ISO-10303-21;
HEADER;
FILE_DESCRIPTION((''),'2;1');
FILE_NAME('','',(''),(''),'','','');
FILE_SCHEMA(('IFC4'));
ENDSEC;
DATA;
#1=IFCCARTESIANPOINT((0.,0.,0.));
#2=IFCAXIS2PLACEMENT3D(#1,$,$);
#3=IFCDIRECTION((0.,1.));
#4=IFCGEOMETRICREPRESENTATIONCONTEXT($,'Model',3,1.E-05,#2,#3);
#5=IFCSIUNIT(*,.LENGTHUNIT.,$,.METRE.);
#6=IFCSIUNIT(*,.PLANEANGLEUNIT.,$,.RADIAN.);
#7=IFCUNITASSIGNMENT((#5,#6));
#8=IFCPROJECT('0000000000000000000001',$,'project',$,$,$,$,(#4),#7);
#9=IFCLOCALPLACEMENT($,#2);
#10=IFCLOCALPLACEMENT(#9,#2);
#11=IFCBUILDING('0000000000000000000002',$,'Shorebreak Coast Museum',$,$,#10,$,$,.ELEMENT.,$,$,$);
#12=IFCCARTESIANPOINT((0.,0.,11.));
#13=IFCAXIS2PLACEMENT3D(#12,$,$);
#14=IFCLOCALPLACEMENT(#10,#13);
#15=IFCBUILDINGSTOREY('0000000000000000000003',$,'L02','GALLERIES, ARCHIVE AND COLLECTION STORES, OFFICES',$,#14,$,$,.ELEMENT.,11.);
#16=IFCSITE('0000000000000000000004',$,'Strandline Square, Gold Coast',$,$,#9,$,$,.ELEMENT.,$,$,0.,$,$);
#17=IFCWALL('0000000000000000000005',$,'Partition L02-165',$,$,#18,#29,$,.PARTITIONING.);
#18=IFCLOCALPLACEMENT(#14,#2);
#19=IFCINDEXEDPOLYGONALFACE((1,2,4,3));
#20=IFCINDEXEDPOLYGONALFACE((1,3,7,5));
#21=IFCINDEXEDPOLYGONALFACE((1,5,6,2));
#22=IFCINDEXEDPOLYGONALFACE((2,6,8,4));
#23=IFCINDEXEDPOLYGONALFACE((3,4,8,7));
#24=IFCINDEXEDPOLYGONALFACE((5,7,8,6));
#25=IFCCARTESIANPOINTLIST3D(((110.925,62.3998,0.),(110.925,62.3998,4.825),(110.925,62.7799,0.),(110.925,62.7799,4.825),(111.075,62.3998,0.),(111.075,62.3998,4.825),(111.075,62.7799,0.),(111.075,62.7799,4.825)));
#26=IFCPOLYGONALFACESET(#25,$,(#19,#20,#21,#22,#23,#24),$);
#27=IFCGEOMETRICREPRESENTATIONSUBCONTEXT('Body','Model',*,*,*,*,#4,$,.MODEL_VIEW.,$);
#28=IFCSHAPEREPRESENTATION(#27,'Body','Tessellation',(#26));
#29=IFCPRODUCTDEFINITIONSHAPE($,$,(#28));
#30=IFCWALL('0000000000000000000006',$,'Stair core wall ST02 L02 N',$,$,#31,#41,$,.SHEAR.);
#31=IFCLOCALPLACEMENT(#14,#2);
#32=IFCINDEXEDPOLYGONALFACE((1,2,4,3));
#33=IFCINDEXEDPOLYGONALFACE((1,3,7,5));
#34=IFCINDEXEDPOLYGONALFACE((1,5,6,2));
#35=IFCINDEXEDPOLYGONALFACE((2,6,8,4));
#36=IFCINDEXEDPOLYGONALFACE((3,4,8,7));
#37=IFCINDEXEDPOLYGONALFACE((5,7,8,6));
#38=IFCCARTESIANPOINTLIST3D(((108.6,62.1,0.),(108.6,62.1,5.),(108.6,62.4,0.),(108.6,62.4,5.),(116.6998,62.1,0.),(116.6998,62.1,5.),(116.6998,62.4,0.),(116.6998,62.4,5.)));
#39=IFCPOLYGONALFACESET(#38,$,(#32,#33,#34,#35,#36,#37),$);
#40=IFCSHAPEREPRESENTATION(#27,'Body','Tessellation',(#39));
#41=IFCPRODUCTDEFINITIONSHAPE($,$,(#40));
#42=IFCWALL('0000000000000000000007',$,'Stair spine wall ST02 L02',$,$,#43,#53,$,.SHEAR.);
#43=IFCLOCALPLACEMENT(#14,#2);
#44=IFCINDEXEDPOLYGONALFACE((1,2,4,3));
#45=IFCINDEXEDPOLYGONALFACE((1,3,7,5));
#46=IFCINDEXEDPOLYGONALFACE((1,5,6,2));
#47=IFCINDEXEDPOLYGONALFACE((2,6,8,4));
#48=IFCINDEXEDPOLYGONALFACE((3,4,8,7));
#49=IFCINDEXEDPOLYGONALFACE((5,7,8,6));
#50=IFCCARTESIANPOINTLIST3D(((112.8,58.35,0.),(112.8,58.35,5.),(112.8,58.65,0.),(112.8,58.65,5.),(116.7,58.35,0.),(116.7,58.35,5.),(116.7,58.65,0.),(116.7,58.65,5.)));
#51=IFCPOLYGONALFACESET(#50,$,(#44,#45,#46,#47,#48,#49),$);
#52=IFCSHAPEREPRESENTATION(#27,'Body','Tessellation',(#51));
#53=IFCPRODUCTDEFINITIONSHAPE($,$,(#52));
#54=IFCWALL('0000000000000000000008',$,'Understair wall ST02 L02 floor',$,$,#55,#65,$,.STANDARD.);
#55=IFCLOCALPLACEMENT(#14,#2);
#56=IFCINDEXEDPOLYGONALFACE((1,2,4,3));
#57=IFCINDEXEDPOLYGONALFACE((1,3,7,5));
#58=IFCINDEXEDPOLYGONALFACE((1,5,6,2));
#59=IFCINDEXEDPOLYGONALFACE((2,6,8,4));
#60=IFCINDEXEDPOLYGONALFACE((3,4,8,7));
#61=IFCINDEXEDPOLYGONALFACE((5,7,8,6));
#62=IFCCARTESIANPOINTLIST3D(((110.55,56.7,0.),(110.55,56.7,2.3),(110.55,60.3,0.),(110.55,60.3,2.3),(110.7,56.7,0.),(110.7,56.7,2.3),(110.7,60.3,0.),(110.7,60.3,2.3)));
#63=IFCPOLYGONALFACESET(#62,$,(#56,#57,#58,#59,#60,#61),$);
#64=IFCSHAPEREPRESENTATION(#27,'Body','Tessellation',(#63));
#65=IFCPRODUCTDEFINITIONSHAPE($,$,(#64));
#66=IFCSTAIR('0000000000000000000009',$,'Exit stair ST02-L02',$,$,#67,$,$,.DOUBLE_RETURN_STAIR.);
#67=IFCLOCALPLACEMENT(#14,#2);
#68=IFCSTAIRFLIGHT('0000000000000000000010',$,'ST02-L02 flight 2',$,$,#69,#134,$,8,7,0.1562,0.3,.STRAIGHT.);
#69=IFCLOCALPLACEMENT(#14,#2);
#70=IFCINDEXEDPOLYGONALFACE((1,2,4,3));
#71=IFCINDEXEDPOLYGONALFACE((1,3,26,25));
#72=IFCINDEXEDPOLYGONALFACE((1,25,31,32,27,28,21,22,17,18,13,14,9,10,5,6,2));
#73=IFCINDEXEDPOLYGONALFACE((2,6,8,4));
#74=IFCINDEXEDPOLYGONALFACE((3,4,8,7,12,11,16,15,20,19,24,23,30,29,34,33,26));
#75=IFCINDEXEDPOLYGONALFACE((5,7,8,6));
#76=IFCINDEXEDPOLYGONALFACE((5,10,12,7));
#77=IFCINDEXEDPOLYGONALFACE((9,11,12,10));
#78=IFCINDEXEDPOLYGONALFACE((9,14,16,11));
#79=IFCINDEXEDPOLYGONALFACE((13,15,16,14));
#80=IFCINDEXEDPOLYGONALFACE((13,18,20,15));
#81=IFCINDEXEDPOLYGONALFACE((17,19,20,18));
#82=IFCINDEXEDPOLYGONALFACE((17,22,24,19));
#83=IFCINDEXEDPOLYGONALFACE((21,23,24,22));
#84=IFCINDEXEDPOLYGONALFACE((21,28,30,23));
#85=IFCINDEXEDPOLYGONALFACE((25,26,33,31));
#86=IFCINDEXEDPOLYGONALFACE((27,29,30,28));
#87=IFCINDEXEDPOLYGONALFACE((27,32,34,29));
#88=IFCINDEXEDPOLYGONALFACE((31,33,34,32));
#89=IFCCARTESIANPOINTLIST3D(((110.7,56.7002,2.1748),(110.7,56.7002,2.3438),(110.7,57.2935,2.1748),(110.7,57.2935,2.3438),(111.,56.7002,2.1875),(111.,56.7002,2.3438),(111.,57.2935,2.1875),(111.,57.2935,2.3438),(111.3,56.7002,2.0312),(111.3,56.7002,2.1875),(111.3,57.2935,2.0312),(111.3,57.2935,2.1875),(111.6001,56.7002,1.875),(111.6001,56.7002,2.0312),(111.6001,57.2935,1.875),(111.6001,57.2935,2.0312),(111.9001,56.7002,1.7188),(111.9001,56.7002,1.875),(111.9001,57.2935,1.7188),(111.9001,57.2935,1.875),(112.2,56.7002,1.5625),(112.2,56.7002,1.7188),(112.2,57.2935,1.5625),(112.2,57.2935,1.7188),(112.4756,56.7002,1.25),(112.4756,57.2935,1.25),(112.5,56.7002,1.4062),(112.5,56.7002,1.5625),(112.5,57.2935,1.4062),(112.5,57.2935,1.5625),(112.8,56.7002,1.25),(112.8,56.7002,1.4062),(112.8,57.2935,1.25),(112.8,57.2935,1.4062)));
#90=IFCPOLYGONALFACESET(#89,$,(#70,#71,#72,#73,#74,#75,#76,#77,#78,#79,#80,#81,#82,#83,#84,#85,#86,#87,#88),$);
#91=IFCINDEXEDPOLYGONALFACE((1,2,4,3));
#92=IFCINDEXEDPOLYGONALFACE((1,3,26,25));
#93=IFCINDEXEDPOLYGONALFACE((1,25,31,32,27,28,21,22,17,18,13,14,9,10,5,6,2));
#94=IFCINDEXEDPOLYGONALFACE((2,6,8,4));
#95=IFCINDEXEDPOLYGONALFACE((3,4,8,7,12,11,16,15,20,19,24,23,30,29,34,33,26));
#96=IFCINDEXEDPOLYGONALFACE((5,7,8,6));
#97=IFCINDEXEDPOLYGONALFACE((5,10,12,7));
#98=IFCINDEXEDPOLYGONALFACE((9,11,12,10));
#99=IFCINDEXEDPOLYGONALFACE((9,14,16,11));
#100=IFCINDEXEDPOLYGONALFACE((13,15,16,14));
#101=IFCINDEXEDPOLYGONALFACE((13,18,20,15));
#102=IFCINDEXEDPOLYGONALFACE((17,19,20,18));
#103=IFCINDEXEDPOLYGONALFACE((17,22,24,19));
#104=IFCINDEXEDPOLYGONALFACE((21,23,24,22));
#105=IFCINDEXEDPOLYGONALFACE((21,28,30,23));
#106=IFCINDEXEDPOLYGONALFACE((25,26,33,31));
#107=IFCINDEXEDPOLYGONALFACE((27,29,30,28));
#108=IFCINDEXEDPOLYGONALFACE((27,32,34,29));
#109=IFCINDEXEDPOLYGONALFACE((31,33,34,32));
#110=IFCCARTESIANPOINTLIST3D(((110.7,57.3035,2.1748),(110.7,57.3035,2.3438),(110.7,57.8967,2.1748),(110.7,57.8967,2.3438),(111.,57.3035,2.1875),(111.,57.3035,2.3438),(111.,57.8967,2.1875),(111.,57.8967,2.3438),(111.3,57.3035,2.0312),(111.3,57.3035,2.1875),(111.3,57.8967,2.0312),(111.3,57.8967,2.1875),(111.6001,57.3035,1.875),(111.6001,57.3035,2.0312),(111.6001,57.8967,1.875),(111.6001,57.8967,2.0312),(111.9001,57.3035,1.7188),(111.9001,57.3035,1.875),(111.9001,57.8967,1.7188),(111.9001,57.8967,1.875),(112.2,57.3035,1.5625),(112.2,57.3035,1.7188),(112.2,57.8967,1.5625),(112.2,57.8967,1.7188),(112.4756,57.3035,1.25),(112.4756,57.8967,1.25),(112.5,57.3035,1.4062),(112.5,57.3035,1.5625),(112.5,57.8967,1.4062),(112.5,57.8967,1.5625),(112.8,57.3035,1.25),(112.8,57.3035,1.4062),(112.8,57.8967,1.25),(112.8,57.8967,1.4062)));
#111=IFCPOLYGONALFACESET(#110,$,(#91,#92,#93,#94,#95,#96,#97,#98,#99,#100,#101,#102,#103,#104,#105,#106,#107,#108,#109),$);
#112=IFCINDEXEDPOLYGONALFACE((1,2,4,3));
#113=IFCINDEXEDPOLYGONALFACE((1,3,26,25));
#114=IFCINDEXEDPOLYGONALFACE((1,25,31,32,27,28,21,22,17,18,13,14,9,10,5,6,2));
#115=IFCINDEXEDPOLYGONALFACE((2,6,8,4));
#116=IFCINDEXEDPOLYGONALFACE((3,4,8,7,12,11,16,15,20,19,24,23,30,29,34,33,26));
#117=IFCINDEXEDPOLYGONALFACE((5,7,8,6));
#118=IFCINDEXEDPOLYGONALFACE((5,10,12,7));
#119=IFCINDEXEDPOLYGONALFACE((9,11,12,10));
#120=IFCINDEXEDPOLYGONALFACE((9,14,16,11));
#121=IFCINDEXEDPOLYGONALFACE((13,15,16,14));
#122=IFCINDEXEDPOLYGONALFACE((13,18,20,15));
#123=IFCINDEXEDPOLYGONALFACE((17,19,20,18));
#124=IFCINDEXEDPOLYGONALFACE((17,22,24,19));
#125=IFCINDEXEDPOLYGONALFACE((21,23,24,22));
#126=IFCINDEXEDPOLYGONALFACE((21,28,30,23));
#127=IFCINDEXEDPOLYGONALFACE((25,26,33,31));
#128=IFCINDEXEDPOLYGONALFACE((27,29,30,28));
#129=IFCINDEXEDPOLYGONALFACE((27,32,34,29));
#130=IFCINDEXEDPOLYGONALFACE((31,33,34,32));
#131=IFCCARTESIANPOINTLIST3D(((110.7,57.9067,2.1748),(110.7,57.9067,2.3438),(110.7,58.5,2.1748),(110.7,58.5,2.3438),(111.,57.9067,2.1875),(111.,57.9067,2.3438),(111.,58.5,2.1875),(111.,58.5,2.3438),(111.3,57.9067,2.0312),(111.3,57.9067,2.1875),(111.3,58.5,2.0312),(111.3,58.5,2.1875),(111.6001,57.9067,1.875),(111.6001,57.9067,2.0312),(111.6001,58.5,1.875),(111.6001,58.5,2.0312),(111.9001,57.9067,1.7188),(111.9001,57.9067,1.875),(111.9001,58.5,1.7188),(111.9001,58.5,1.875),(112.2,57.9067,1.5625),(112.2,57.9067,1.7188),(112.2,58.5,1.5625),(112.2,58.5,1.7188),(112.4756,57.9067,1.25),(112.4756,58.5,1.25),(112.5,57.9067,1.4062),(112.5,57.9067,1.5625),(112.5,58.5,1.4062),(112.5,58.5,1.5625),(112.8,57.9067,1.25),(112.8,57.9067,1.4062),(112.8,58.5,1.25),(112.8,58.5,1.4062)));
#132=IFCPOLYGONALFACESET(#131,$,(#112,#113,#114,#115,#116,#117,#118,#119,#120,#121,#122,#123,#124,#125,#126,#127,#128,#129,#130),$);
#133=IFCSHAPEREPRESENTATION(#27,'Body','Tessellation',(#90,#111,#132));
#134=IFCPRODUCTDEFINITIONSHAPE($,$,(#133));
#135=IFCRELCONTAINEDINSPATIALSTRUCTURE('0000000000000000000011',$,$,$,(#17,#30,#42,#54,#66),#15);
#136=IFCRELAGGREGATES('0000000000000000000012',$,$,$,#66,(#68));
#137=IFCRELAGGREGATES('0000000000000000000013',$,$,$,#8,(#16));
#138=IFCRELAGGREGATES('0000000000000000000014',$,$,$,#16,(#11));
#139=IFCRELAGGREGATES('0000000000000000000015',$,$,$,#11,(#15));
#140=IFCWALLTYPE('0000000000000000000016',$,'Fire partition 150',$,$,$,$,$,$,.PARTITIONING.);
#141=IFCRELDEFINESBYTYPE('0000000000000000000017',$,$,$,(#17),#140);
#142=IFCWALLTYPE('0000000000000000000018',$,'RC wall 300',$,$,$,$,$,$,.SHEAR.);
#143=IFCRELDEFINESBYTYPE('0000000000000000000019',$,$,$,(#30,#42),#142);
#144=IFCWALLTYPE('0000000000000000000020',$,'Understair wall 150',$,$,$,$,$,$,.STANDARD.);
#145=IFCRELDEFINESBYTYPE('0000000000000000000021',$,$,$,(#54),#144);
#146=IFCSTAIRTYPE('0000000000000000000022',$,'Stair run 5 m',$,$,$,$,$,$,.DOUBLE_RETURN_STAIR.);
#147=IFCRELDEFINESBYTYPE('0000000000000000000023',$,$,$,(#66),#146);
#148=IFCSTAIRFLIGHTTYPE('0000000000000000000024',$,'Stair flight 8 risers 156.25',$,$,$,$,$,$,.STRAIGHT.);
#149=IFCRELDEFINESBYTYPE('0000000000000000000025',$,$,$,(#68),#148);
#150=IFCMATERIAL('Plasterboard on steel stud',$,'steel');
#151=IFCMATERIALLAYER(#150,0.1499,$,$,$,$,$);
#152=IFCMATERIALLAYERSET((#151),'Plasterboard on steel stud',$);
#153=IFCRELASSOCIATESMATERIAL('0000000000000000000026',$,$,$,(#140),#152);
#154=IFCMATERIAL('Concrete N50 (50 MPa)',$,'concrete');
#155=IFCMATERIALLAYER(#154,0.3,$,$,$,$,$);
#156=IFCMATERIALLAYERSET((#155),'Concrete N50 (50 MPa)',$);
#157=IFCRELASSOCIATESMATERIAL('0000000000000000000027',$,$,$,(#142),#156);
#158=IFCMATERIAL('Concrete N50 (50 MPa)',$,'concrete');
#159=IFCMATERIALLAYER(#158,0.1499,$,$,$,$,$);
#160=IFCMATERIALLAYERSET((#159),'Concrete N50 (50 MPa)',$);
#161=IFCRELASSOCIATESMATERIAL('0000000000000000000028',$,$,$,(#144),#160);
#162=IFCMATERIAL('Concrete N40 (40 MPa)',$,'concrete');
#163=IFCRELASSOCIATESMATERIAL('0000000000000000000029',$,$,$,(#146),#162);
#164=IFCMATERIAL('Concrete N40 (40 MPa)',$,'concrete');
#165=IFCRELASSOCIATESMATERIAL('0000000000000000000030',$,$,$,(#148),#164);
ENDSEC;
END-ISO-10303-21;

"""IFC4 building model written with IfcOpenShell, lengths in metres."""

from ifc_helpers import new_model, si_unit, direction, frame, frame_2d, origin, place, context, subcontext, project, spatial, polyline, rectangle, outline, extrude, material, layer, layer_set, type_object, element, aggregate, save


model = new_model("IFC4")

# Units and contexts
model_context = context("Model", 3, precision=1e-05, world=origin(), true_north=direction((0.0, 1.0)))
body_context = subcontext(model_context, "Body", "Model", "MODEL_VIEW")
ifc_project = project(units=[si_unit("LENGTHUNIT", "METRE"), si_unit("PLANEANGLEUNIT", "RADIAN")], contexts=[model_context])

# Site, building, storey
site_placement = place(None, origin())
site = spatial("IfcSite", under=ifc_project, at=site_placement, Name="Strandline Square, Gold Coast", CompositionType="ELEMENT", RefElevation=0.0)
building_placement = place(site_placement, origin())
building = spatial("IfcBuilding", under=site, at=building_placement, Name="Shorebreak Coast Museum", CompositionType="ELEMENT")
storey_placement = place(building_placement, frame((0.0, 0.0, 11.0)))
storey = spatial("IfcBuildingStorey", under=building, at=storey_placement, Name="L02", Description="GALLERIES, ARCHIVE AND COLLECTION STORES, OFFICES", CompositionType="ELEMENT", Elevation=11.0)

# Walls
ifc_material_1 = material(Name="Plasterboard on steel stud", Category="steel")
ifc_layer_1 = layer(ifc_material_1, 0.1499)
ifc_layer_set_1 = layer_set([ifc_layer_1], Name="Plasterboard on steel stud")
wall_type_1 = type_object("IfcWallType", Name="Fire partition 150", PredefinedType="PARTITIONING", material=ifc_layer_set_1)
wall_1_placement = place(storey_placement, frame((111.0, 62.3999, 0.0), z_axis=(0.0, 0.0, 1.0), x_axis=(0.0, 1.0, 0.0)))
element("IfcWall", 1, at=wall_1_placement, inside=storey, type_object=wall_type_1, Name="Partition L02-165", PredefinedType="PARTITIONING", context=body_context, shape_type="SweptSolid", body=[
    extrude(rectangle(XDim=0.3801, YDim=0.1499, at=frame_2d((0.1899, 0.0))), origin(), (0.0, 0.0, 1.0), 4.825),
])
ifc_material_2 = material(Name="Concrete N50 (50 MPa)", Category="concrete")
ifc_layer_2 = layer(ifc_material_2, 0.3)
ifc_layer_set_2 = layer_set([ifc_layer_2], Name="Concrete N50 (50 MPa)")
wall_type_2 = type_object("IfcWallType", Name="RC wall 300", PredefinedType="SHEAR", material=ifc_layer_set_2)
wall_2_placement = place(storey_placement, frame((108.6001, 62.25, 0.0), z_axis=(0.0, 0.0, 1.0), x_axis=(1.0, 0.0, 0.0)))
element("IfcWall", 2, at=wall_2_placement, inside=storey, type_object=wall_type_2, Name="Stair core wall ST02 L02 N", PredefinedType="SHEAR", context=body_context, shape_type="SweptSolid", body=[
    extrude(rectangle(XDim=8.0999, YDim=0.3, at=frame_2d((4.0498, 0.0))), origin(), (0.0, 0.0, 1.0), 5.0),
])
wall_3_placement = place(storey_placement, frame((112.8, 58.5, 0.0), z_axis=(0.0, 0.0, 1.0), x_axis=(1.0, 0.0, 0.0)))
element("IfcWall", 3, at=wall_3_placement, inside=storey, type_object=wall_type_2, Name="Stair spine wall ST02 L02", PredefinedType="SHEAR", context=body_context, shape_type="SweptSolid", body=[
    extrude(rectangle(XDim=3.8999, YDim=0.3, at=frame_2d((1.95, 0.0))), origin(), (0.0, 0.0, 1.0), 5.0),
])
ifc_material_3 = material(Name="Concrete N50 (50 MPa)", Category="concrete")
ifc_layer_3 = layer(ifc_material_3, 0.1499)
ifc_layer_set_3 = layer_set([ifc_layer_3], Name="Concrete N50 (50 MPa)")
wall_type_3 = type_object("IfcWallType", Name="Understair wall 150", PredefinedType="STANDARD", material=ifc_layer_set_3)
wall_4_placement = place(storey_placement, frame((110.625, 56.7, 0.0), z_axis=(0.0, 0.0, 1.0), x_axis=(0.0, 1.0, 0.0)))
element("IfcWall", 4, at=wall_4_placement, inside=storey, type_object=wall_type_3, Name="Understair wall ST02 L02 floor", PredefinedType="STANDARD", context=body_context, shape_type="SweptSolid", body=[
    extrude(rectangle(XDim=3.6001, YDim=0.1499, at=frame_2d((1.8, 0.0))), origin(), (0.0, 0.0, 1.0), 2.3),
])

# Stair, stair flight
ifc_material_4 = material(Name="Concrete N40 (40 MPa)", Category="concrete")
stair_type = type_object("IfcStairType", Name="Stair run 5 m", PredefinedType="DOUBLE_RETURN_STAIR", material=ifc_material_4)
stair_placement = place(storey_placement, origin())
stair = element("IfcStair", 5, at=stair_placement, inside=storey, type_object=stair_type, Name="Exit stair ST02-L02", PredefinedType="DOUBLE_RETURN_STAIR")
ifc_material_5 = material(Name="Concrete N40 (40 MPa)", Category="concrete")
stair_flight_type = type_object("IfcStairFlightType", Name="Stair flight 8 risers 156.25", PredefinedType="STRAIGHT", material=ifc_material_5)
stair_flight_1_placement = place(storey_placement, frame((112.8, 57.6001, 1.25), z_axis=(0.0, 0.0, 1.0), x_axis=(-1.0, 0.0, 0.0)))
stair_flight_1 = element("IfcStairFlight", 6, at=stair_flight_1_placement, type_object=stair_flight_type, Name="ST02-L02 flight 2", NumberOfRisers=8, NumberOfTreads=7, PredefinedType="STRAIGHT", RiserHeight=0.1562, TreadLength=0.3, context=body_context, shape_type="SweptSolid", body=[
    extrude(outline(polyline([(0.0, 0.0), (0.0, 0.1562), (0.3, 0.1562), (0.3, 0.3125), (0.6001, 0.3125), (0.6001, 0.4688), (0.8999, 0.4688), (0.8999, 0.625), (1.2, 0.625), (1.2, 0.7812), (1.5, 0.7812), (1.5, 0.9375), (1.8, 0.9375), (1.8, 1.0938), (2.1001, 1.0938), (2.1001, 1.25), (2.1001, 0.9248), (0.3245, 0.0), (0.0, 0.0)])), frame((0.0, 0.8999, 0.0), z_axis=(0.0, -1.0, 0.0), x_axis=(1.0, 0.0, 0.0)), (0.0, 0.0, 1.0), 0.5933),
    extrude(outline(polyline([(0.0, 0.0), (0.0, 0.1562), (0.3, 0.1562), (0.3, 0.3125), (0.6001, 0.3125), (0.6001, 0.4688), (0.8999, 0.4688), (0.8999, 0.625), (1.2, 0.625), (1.2, 0.7812), (1.5, 0.7812), (1.5, 0.9375), (1.8, 0.9375), (1.8, 1.0938), (2.1001, 1.0938), (2.1001, 1.25), (2.1001, 0.9248), (0.3245, 0.0), (0.0, 0.0)])), frame((0.0, 0.2966, 0.0), z_axis=(0.0, -1.0, 0.0), x_axis=(1.0, 0.0, 0.0)), (0.0, 0.0, 1.0), 0.5933),
    extrude(outline(polyline([(0.0, 0.0), (0.0, 0.1562), (0.3, 0.1562), (0.3, 0.3125), (0.6001, 0.3125), (0.6001, 0.4688), (0.8999, 0.4688), (0.8999, 0.625), (1.2, 0.625), (1.2, 0.7812), (1.5, 0.7812), (1.5, 0.9375), (1.8, 0.9375), (1.8, 1.0938), (2.1001, 1.0938), (2.1001, 1.25), (2.1001, 0.9248), (0.3245, 0.0), (0.0, 0.0)])), frame((0.0, -0.3066, 0.0), z_axis=(0.0, -1.0, 0.0), x_axis=(1.0, 0.0, 0.0)), (0.0, 0.0, 1.0), 0.5933),
])
aggregate(stair, [stair_flight_1])

save(model, "model.ifc")
